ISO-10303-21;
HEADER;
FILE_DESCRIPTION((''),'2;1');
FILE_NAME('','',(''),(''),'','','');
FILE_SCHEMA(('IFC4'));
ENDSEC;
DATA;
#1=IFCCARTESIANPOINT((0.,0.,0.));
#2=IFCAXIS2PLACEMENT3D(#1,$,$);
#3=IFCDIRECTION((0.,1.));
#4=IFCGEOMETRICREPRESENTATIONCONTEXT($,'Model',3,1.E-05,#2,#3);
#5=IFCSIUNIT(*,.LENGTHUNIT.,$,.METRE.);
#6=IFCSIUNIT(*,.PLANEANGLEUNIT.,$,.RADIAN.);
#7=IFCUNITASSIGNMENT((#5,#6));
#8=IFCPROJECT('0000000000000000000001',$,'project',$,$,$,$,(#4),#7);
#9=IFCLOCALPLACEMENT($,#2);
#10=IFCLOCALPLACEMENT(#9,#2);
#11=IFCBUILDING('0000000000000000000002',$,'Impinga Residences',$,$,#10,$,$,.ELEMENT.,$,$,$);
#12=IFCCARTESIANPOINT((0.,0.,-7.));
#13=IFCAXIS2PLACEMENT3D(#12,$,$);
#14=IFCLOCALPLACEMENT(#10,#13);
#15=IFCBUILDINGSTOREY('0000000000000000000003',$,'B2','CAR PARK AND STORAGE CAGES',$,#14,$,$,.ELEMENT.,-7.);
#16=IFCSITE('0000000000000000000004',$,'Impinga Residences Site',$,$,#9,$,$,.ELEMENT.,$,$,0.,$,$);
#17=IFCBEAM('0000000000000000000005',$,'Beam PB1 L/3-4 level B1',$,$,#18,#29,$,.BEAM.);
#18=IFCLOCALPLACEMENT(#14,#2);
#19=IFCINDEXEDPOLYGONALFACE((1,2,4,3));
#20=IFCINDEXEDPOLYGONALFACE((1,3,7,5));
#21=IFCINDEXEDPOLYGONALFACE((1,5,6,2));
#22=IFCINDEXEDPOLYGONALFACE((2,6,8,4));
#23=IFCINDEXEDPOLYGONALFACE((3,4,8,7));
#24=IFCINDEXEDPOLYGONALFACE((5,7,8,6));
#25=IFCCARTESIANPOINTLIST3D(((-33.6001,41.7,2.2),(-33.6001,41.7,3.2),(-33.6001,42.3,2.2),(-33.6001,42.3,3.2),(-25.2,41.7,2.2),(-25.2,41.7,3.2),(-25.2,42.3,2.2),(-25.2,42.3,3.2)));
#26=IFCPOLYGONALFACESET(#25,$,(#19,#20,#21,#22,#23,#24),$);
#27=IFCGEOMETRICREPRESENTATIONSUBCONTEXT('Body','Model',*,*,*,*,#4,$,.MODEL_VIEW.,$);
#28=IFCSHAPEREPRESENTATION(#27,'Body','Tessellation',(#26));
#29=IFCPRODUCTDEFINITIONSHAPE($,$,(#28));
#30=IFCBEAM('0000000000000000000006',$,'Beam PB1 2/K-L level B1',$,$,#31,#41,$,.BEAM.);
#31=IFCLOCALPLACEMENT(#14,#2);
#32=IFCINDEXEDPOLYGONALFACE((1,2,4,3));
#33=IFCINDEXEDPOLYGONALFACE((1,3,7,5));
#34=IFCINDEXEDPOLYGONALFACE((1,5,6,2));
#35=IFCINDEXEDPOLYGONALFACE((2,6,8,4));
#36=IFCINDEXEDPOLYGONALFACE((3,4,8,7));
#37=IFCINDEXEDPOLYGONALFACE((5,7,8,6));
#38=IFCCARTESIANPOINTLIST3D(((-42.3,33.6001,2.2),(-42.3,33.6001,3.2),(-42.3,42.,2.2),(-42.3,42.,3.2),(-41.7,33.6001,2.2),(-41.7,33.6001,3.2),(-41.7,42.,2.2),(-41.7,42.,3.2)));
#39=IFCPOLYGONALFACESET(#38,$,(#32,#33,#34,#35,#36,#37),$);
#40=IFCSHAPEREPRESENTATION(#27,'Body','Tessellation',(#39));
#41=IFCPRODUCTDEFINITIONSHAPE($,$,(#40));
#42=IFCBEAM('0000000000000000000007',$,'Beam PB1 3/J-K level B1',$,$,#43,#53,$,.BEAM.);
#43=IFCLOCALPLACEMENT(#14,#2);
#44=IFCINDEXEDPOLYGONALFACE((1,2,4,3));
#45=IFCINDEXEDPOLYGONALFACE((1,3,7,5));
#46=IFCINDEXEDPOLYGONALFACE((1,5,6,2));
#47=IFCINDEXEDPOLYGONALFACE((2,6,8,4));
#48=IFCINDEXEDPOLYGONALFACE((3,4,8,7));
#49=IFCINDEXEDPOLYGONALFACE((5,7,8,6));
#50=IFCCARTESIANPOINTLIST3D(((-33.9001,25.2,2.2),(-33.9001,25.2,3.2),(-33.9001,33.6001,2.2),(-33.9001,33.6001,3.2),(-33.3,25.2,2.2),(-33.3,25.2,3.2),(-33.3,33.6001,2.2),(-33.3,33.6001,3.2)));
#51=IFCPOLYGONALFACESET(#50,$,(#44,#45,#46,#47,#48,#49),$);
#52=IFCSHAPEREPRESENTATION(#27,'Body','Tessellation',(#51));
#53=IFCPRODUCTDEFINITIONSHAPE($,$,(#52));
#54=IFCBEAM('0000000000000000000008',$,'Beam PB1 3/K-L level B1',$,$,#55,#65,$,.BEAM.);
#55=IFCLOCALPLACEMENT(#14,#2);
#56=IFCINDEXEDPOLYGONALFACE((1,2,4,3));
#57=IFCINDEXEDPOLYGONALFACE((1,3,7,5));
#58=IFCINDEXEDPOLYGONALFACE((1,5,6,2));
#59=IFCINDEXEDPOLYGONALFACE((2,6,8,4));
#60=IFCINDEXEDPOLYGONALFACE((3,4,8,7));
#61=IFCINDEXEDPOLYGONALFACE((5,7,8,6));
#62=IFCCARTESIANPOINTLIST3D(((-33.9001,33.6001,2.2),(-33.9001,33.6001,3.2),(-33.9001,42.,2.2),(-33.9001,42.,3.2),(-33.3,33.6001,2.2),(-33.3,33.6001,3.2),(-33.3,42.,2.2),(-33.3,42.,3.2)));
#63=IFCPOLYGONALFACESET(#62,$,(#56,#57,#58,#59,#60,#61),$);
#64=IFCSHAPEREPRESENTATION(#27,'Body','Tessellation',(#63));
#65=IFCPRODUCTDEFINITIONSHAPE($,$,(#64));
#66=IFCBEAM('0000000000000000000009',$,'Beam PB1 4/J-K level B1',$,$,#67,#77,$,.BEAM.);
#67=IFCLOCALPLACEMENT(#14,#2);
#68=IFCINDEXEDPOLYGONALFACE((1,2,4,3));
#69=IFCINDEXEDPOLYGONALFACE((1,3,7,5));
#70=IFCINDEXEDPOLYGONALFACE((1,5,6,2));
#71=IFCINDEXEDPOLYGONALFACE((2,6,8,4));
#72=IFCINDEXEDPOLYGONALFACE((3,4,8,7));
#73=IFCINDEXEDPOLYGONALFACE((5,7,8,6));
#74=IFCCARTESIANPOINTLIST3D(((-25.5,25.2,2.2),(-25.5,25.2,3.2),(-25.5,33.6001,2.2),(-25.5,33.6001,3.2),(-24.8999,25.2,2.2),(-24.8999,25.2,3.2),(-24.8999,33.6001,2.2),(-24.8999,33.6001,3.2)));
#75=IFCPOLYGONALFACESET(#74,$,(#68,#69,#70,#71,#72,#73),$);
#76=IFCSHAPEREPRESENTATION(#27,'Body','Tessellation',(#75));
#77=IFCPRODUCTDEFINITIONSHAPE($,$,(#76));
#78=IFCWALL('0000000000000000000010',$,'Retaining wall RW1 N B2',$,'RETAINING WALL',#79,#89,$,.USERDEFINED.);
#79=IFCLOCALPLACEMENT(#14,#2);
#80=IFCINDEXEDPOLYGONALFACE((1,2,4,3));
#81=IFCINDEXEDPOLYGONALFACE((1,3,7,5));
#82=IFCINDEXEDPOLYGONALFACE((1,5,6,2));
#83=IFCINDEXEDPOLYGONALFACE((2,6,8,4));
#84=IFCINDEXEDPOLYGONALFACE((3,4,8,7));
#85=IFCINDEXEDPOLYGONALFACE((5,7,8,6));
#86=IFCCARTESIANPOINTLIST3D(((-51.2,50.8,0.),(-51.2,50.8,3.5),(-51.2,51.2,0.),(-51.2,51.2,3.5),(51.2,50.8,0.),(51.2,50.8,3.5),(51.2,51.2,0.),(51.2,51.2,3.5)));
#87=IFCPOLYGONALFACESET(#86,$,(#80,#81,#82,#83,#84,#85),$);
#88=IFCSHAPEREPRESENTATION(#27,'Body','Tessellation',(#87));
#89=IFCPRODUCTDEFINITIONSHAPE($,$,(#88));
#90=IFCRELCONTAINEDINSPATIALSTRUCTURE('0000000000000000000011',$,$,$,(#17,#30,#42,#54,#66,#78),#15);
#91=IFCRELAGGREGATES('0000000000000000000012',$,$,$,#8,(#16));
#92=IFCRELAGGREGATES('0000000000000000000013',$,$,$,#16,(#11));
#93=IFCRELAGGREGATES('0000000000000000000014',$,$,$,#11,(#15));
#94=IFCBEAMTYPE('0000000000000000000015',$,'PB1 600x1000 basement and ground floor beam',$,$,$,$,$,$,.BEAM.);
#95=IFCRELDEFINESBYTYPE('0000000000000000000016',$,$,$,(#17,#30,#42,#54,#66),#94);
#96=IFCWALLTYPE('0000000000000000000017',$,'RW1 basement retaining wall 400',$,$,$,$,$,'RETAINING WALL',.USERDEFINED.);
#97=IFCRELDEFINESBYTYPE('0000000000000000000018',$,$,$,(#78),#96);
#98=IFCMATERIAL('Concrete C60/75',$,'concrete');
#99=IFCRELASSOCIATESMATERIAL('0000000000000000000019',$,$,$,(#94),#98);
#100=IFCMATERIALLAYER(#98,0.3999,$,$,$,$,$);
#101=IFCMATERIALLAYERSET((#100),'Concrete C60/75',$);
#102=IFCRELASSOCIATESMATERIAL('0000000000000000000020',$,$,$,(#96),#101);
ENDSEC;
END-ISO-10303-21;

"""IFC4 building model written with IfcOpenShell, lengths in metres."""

from ifc_helpers import new_model, si_unit, direction, frame, frame_2d, origin, origin_2d, place, context, subcontext, project, spatial, rectangle, extrude, material, layer, layer_set, material_profile, profile_set, type_object, element, save


model = new_model("IFC4")

# Units and contexts
model_context = context("Model", 3, precision=1e-05, world=origin(), true_north=direction((0.0, 1.0)))
body_context = subcontext(model_context, "Body", "Model", "MODEL_VIEW")
ifc_project = project(units=[si_unit("LENGTHUNIT", "METRE"), si_unit("PLANEANGLEUNIT", "RADIAN")], contexts=[model_context])

# Site, building, storey
site_placement = place(None, origin())
site = spatial("IfcSite", under=ifc_project, at=site_placement, Name="Impinga Residences Site", CompositionType="ELEMENT", RefElevation=0.0)
building_placement = place(site_placement, origin())
building = spatial("IfcBuilding", under=site, at=building_placement, Name="Impinga Residences", CompositionType="ELEMENT")
storey_placement = place(building_placement, frame((0.0, 0.0, -7.0)))
storey = spatial("IfcBuildingStorey", under=building, at=storey_placement, Name="B2", Description="CAR PARK AND STORAGE CAGES", CompositionType="ELEMENT", Elevation=-7.0)

# Beams
ifc_material_1 = material(Name="Concrete C60/75", Category="concrete")
ifc_material_profile_1 = material_profile(ifc_material_1, rectangle(XDim=0.6001, YDim=1.0, at=origin_2d()), Name="RC 600x1000")
ifc_profile_set_1 = profile_set([ifc_material_profile_1], Name="Concrete C60/75")
beam_type = type_object("IfcBeamType", Name="PB1 600x1000 basement and ground floor beam", PredefinedType="BEAM", material=ifc_profile_set_1)
beam_1_placement = place(storey_placement, frame((-33.6001, 42.0, 2.7), z_axis=(1.0, 0.0, 0.0), x_axis=(0.0, 1.0, 0.0)))
element("IfcBeam", 1, at=beam_1_placement, inside=storey, type_object=beam_type, Name="Beam PB1 L/3-4 level B1", PredefinedType="BEAM", context=body_context, shape_type="SweptSolid", body=[
    extrude(rectangle(XDim=0.6001, YDim=1.0, at=origin_2d()), origin(), (0.0, 0.0, 1.0), 8.4001),
])
beam_2_placement = place(storey_placement, frame((-42.0, 33.6001, 2.7), z_axis=(0.0, 1.0, 0.0), x_axis=(-1.0, 0.0, 0.0)))
element("IfcBeam", 2, at=beam_2_placement, inside=storey, type_object=beam_type, Name="Beam PB1 2/K-L level B1", PredefinedType="BEAM", context=body_context, shape_type="SweptSolid", body=[
    extrude(rectangle(XDim=0.6001, YDim=1.0, at=origin_2d()), origin(), (0.0, 0.0, 1.0), 8.3999),
])
beam_3_placement = place(storey_placement, frame((-33.6001, 25.2, 2.7), z_axis=(0.0, 1.0, 0.0), x_axis=(-1.0, 0.0, 0.0)))
element("IfcBeam", 3, at=beam_3_placement, inside=storey, type_object=beam_type, Name="Beam PB1 3/J-K level B1", PredefinedType="BEAM", context=body_context, shape_type="SweptSolid", body=[
    extrude(rectangle(XDim=0.6001, YDim=1.0, at=origin_2d()), origin(), (0.0, 0.0, 1.0), 8.4001),
])
beam_4_placement = place(storey_placement, frame((-33.6001, 33.6001, 2.7), z_axis=(0.0, 1.0, 0.0), x_axis=(-1.0, 0.0, 0.0)))
element("IfcBeam", 4, at=beam_4_placement, inside=storey, type_object=beam_type, Name="Beam PB1 3/K-L level B1", PredefinedType="BEAM", context=body_context, shape_type="SweptSolid", body=[
    extrude(rectangle(XDim=0.6001, YDim=1.0, at=origin_2d()), origin(), (0.0, 0.0, 1.0), 8.3999),
])
beam_5_placement = place(storey_placement, frame((-25.2, 25.2, 2.7), z_axis=(0.0, 1.0, 0.0), x_axis=(-1.0, 0.0, 0.0)))
element("IfcBeam", 5, at=beam_5_placement, inside=storey, type_object=beam_type, Name="Beam PB1 4/J-K level B1", PredefinedType="BEAM", context=body_context, shape_type="SweptSolid", body=[
    extrude(rectangle(XDim=0.6001, YDim=1.0, at=origin_2d()), origin(), (0.0, 0.0, 1.0), 8.4001),
])

# Wall
ifc_layer = layer(ifc_material_1, 0.3999)
ifc_layer_set = layer_set([ifc_layer], Name="Concrete C60/75")
wall_type = type_object("IfcWallType", Name="RW1 basement retaining wall 400", ElementType="RETAINING WALL", PredefinedType="USERDEFINED", material=ifc_layer_set)
wall_placement = place(storey_placement, frame((-51.2, 51.0, 0.0), z_axis=(0.0, 0.0, 1.0), x_axis=(1.0, 0.0, 0.0)))
element("IfcWall", 6, at=wall_placement, inside=storey, type_object=wall_type, Name="Retaining wall RW1 N B2", ObjectType="RETAINING WALL", PredefinedType="USERDEFINED", context=body_context, shape_type="SweptSolid", body=[
    extrude(rectangle(XDim=102.3999, YDim=0.3999, at=frame_2d((51.2, 0.0))), origin(), (0.0, 0.0, 1.0), 3.5),
])

save(model, "model.ifc")
